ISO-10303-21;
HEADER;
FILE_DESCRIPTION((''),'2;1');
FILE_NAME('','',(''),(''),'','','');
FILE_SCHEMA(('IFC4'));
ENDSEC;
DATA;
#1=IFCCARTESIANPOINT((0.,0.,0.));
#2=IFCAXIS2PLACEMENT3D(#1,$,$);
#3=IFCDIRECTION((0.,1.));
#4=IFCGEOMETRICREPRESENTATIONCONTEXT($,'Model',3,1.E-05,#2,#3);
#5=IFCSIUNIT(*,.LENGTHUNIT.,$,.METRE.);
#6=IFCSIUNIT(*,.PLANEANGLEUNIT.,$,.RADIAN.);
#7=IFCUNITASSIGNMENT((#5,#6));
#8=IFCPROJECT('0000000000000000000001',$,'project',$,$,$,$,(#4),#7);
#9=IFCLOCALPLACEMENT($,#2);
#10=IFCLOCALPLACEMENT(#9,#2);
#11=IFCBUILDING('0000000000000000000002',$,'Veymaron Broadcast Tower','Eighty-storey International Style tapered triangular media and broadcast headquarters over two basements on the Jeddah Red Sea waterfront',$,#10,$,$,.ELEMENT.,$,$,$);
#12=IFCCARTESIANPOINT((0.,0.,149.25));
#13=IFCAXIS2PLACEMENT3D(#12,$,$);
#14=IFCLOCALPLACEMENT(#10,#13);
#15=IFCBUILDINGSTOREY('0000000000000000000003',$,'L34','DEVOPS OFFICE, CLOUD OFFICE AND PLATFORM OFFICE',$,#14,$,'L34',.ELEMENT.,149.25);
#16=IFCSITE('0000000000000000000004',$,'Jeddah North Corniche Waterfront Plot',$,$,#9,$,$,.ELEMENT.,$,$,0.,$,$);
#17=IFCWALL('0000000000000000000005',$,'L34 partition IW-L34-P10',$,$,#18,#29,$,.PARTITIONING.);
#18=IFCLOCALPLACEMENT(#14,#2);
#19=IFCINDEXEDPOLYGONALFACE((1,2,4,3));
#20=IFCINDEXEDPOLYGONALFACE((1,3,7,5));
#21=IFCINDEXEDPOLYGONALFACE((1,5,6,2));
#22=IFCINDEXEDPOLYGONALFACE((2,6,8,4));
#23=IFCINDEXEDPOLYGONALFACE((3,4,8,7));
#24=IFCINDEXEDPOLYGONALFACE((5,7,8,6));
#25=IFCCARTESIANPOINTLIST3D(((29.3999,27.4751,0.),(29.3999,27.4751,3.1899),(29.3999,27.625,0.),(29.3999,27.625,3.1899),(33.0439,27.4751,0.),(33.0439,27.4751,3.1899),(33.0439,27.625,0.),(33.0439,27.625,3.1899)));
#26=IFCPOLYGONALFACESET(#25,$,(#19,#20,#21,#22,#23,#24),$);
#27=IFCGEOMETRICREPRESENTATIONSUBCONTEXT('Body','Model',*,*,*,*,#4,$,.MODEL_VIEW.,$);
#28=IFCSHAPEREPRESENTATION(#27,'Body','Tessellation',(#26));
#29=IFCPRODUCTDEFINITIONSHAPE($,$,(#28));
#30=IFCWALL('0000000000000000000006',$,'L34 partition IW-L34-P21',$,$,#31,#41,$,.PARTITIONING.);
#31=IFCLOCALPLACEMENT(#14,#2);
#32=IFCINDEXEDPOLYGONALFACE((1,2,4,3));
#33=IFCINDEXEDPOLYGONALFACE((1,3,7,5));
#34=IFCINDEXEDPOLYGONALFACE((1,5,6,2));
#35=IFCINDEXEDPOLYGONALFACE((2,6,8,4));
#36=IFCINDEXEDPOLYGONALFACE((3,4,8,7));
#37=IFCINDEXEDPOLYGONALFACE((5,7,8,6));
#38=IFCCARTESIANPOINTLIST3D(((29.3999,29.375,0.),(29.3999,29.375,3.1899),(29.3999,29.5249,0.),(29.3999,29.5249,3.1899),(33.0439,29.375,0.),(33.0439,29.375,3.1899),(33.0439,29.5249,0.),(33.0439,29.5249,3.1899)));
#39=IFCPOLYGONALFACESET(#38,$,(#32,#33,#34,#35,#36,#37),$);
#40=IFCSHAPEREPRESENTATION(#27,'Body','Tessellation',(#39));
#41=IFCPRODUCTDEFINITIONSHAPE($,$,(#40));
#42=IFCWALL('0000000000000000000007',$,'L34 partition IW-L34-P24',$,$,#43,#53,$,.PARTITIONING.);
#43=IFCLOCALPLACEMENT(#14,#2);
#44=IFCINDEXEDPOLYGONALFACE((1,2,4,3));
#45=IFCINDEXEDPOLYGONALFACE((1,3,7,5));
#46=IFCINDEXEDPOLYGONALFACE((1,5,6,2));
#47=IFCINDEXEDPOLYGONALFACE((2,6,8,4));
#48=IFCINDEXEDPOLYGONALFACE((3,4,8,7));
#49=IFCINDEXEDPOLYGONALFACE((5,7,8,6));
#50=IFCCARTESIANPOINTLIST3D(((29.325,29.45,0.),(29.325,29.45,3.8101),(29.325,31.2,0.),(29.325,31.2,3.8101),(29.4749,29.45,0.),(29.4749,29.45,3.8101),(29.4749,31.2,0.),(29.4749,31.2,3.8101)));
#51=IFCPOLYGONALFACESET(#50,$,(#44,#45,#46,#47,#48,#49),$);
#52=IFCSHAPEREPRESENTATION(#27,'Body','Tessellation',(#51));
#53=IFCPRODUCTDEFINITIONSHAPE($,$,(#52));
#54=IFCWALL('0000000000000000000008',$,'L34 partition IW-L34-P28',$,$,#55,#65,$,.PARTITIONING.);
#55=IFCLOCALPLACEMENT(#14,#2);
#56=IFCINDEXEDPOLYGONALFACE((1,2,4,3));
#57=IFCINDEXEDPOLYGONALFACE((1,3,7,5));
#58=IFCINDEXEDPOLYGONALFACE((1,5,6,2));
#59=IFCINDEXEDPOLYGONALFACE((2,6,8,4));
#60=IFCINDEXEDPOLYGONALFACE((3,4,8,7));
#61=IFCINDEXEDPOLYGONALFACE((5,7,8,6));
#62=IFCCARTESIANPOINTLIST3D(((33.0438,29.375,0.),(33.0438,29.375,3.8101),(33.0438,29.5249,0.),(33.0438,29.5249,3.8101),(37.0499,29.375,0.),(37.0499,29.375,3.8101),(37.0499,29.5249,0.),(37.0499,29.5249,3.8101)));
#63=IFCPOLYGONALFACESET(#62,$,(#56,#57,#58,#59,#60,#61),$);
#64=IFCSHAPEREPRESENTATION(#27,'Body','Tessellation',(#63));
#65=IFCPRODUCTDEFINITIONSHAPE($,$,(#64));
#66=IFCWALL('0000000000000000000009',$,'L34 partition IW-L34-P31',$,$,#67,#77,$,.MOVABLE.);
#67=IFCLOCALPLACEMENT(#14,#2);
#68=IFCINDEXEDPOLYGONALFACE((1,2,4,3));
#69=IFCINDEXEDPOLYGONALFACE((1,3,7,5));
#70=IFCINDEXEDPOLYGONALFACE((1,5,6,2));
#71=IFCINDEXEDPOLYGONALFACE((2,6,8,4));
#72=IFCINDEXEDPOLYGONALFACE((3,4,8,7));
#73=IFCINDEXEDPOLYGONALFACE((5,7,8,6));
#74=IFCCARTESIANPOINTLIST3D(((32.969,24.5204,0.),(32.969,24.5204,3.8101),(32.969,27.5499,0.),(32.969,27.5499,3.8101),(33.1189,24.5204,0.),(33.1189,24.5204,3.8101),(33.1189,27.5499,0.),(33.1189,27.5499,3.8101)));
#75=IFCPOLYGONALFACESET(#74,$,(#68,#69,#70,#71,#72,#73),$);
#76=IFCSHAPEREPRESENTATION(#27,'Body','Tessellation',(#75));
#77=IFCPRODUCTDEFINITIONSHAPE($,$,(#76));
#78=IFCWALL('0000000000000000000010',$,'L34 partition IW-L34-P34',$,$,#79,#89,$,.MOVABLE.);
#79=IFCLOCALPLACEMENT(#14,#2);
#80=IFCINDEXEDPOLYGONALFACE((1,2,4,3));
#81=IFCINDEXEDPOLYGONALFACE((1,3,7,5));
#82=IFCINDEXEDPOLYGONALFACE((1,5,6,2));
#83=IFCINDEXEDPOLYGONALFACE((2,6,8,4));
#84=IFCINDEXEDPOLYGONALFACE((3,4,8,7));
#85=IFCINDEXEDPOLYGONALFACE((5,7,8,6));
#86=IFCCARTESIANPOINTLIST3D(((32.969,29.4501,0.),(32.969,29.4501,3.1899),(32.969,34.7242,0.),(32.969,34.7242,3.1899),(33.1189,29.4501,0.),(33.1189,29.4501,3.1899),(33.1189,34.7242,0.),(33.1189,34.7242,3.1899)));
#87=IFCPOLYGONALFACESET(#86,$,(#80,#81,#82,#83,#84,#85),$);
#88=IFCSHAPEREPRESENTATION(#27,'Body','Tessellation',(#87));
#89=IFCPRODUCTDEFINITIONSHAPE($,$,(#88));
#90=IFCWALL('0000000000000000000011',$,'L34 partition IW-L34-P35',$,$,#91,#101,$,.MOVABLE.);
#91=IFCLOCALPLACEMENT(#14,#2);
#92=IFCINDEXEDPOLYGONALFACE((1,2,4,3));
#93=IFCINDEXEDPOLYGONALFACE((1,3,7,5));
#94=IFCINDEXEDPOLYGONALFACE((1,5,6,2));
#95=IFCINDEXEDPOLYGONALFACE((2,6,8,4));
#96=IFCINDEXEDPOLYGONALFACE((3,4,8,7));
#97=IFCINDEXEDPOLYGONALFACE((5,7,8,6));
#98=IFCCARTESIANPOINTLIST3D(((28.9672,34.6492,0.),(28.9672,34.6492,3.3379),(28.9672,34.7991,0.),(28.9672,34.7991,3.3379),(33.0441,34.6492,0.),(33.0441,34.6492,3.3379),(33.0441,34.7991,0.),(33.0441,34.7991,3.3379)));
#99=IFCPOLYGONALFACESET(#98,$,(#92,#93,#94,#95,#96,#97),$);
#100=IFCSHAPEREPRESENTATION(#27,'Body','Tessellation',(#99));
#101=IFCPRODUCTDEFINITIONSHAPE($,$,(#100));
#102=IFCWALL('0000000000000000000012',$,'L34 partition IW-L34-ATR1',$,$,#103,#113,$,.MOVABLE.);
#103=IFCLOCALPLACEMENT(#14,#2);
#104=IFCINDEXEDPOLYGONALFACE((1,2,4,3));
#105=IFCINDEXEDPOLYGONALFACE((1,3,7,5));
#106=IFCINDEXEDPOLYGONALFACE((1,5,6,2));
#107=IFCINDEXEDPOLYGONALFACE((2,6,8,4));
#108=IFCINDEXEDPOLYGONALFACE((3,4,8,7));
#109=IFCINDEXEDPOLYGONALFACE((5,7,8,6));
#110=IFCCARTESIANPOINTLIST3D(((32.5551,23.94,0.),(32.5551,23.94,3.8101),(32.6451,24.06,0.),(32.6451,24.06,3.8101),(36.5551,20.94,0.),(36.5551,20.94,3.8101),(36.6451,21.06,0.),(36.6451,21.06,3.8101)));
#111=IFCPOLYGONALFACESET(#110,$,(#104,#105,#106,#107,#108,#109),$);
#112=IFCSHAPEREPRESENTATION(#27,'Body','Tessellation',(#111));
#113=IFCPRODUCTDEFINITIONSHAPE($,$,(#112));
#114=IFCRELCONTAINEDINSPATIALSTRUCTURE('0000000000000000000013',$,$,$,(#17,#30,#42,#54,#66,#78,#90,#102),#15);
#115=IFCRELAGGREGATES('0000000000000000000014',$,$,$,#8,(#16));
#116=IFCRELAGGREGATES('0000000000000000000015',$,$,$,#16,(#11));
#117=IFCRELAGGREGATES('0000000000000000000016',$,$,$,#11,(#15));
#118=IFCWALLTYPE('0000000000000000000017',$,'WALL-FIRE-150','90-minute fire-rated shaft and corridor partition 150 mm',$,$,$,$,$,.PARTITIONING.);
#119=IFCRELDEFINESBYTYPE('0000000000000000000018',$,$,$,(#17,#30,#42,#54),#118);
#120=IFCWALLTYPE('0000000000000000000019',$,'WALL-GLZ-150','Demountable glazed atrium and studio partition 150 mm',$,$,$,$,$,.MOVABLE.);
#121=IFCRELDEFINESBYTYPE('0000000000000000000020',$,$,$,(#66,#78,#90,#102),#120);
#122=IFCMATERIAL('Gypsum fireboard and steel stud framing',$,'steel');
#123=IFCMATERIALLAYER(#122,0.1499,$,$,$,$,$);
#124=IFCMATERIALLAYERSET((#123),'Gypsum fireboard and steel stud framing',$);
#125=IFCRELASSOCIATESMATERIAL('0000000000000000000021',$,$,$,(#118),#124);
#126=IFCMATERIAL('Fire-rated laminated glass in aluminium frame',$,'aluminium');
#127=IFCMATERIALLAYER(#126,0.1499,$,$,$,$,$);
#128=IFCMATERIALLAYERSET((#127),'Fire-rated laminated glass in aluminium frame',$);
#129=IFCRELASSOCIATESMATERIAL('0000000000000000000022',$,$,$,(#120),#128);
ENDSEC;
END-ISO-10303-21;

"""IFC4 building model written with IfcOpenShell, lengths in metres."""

from ifc_helpers import new_model, si_unit, direction, frame, frame_2d, origin, place, context, subcontext, project, spatial, rectangle, extrude, material, layer, layer_set, type_object, element, save


model = new_model("IFC4")

# Units and contexts
model_context = context("Model", 3, precision=1e-05, world=origin(), true_north=direction((0.0, 1.0)))
body_context = subcontext(model_context, "Body", "Model", "MODEL_VIEW")
ifc_project = project(units=[si_unit("LENGTHUNIT", "METRE"), si_unit("PLANEANGLEUNIT", "RADIAN")], contexts=[model_context])

# Site, building, storey
site_placement = place(None, origin())
site = spatial("IfcSite", under=ifc_project, at=site_placement, Name="Jeddah North Corniche Waterfront Plot", CompositionType="ELEMENT", RefElevation=0.0)
building_placement = place(site_placement, origin())
building = spatial("IfcBuilding", under=site, at=building_placement, Name="Veymaron Broadcast Tower", Description="Eighty-storey International Style tapered triangular media and broadcast headquarters over two basements on the Jeddah Red Sea waterfront", CompositionType="ELEMENT")
storey_placement = place(building_placement, frame((0.0, 0.0, 149.25)))
storey = spatial("IfcBuildingStorey", under=building, at=storey_placement, Name="L34", Description="DEVOPS OFFICE, CLOUD OFFICE AND PLATFORM OFFICE", LongName="L34", CompositionType="ELEMENT", Elevation=149.25)

# Walls
ifc_material_1 = material(Name="Gypsum fireboard and steel stud framing", Category="steel")
ifc_layer_1 = layer(ifc_material_1, 0.1499)
ifc_layer_set_1 = layer_set([ifc_layer_1], Name="Gypsum fireboard and steel stud framing")
wall_type_1 = type_object("IfcWallType", Name="WALL-FIRE-150", Description="90-minute fire-rated shaft and corridor partition 150 mm", PredefinedType="PARTITIONING", material=ifc_layer_set_1)
for number, where, z_axis, x_axis, name in (
    (1, (29.3999, 27.55, 0.0), (0.0, 0.0, 1.0), (1.0, 0.0, 0.0), "L34 partition IW-L34-P10"),
    (2, (29.3999, 29.45, 0.0), (0.0, 0.0, 1.0), (1.0, 0.0, 0.0), "L34 partition IW-L34-P21"),
):
    element("IfcWall", number, at=place(storey_placement, frame(where, z_axis=z_axis, x_axis=x_axis)), inside=storey, type_object=wall_type_1, Name=name, PredefinedType="PARTITIONING", context=body_context, shape_type="SweptSolid", body=[
        extrude(rectangle(XDim=3.644, YDim=0.1499, at=frame_2d((1.822, 0.0))), origin(), (0.0, 0.0, 1.0), 3.1899),
    ])
wall_1_placement = place(storey_placement, frame((29.3999, 29.45, 0.0), z_axis=(0.0, 0.0, 1.0), x_axis=(0.0, 1.0, 0.0)))
element("IfcWall", 3, at=wall_1_placement, inside=storey, type_object=wall_type_1, Name="L34 partition IW-L34-P24", PredefinedType="PARTITIONING", context=body_context, shape_type="SweptSolid", body=[
    extrude(rectangle(XDim=1.75, YDim=0.1499, at=frame_2d((0.875, 0.0))), origin(), (0.0, 0.0, 1.0), 3.8101),
])
wall_2_placement = place(storey_placement, frame((33.0439, 29.45, 0.0), z_axis=(0.0, 0.0, 1.0), x_axis=(1.0, 0.0, 0.0)))
element("IfcWall", 4, at=wall_2_placement, inside=storey, type_object=wall_type_1, Name="L34 partition IW-L34-P28", PredefinedType="PARTITIONING", context=body_context, shape_type="SweptSolid", body=[
    extrude(rectangle(XDim=4.0061, YDim=0.1499, at=frame_2d((2.0029, 0.0))), origin(), (0.0, 0.0, 1.0), 3.8101),
])
ifc_material_2 = material(Name="Fire-rated laminated glass in aluminium frame", Category="aluminium")
ifc_layer_2 = layer(ifc_material_2, 0.1499)
ifc_layer_set_2 = layer_set([ifc_layer_2], Name="Fire-rated laminated glass in aluminium frame")
wall_type_2 = type_object("IfcWallType", Name="WALL-GLZ-150", Description="Demountable glazed atrium and studio partition 150 mm", PredefinedType="MOVABLE", material=ifc_layer_set_2)
wall_3_placement = place(storey_placement, frame((33.0439, 24.5205, 0.0), z_axis=(0.0, 0.0, 1.0), x_axis=(0.0, 1.0, 0.0)))
element("IfcWall", 5, at=wall_3_placement, inside=storey, type_object=wall_type_2, Name="L34 partition IW-L34-P31", PredefinedType="MOVABLE", context=body_context, shape_type="SweptSolid", body=[
    extrude(rectangle(XDim=3.0295, YDim=0.1499, at=frame_2d((1.5146, 0.0))), origin(), (0.0, 0.0, 1.0), 3.8101),
])
wall_4_placement = place(storey_placement, frame((33.0439, 29.45, 0.0), z_axis=(0.0, 0.0, 1.0), x_axis=(0.0, 1.0, 0.0)))
element("IfcWall", 6, at=wall_4_placement, inside=storey, type_object=wall_type_2, Name="L34 partition IW-L34-P34", PredefinedType="MOVABLE", context=body_context, shape_type="SweptSolid", body=[
    extrude(rectangle(XDim=5.2742, YDim=0.1499, at=frame_2d((2.6372, 0.0))), origin(), (0.0, 0.0, 1.0), 3.1899),
])
wall_5_placement = place(storey_placement, frame((28.967, 34.7241, 0.0), z_axis=(0.0, 0.0, 1.0), x_axis=(1.0, 0.0, 0.0)))
element("IfcWall", 7, at=wall_5_placement, inside=storey, type_object=wall_type_2, Name="L34 partition IW-L34-P35", PredefinedType="MOVABLE", context=body_context, shape_type="SweptSolid", body=[
    extrude(rectangle(XDim=4.0769, YDim=0.1499, at=frame_2d((2.0386, 0.0))), origin(), (0.0, 0.0, 1.0), 3.3379),
])
wall_6_placement = place(storey_placement, frame((32.6001, 24.0, 0.0), z_axis=(0.0, 0.0, 1.0), x_axis=(0.8, -0.6, 0.0)))
element("IfcWall", 8, at=wall_6_placement, inside=storey, type_object=wall_type_2, Name="L34 partition IW-L34-ATR1", PredefinedType="MOVABLE", context=body_context, shape_type="SweptSolid", body=[
    extrude(rectangle(XDim=5.0, YDim=0.1499, at=frame_2d((2.5, 0.0))), origin(), (0.0, 0.0, 1.0), 3.8101),
])

save(model, "model.ifc")
